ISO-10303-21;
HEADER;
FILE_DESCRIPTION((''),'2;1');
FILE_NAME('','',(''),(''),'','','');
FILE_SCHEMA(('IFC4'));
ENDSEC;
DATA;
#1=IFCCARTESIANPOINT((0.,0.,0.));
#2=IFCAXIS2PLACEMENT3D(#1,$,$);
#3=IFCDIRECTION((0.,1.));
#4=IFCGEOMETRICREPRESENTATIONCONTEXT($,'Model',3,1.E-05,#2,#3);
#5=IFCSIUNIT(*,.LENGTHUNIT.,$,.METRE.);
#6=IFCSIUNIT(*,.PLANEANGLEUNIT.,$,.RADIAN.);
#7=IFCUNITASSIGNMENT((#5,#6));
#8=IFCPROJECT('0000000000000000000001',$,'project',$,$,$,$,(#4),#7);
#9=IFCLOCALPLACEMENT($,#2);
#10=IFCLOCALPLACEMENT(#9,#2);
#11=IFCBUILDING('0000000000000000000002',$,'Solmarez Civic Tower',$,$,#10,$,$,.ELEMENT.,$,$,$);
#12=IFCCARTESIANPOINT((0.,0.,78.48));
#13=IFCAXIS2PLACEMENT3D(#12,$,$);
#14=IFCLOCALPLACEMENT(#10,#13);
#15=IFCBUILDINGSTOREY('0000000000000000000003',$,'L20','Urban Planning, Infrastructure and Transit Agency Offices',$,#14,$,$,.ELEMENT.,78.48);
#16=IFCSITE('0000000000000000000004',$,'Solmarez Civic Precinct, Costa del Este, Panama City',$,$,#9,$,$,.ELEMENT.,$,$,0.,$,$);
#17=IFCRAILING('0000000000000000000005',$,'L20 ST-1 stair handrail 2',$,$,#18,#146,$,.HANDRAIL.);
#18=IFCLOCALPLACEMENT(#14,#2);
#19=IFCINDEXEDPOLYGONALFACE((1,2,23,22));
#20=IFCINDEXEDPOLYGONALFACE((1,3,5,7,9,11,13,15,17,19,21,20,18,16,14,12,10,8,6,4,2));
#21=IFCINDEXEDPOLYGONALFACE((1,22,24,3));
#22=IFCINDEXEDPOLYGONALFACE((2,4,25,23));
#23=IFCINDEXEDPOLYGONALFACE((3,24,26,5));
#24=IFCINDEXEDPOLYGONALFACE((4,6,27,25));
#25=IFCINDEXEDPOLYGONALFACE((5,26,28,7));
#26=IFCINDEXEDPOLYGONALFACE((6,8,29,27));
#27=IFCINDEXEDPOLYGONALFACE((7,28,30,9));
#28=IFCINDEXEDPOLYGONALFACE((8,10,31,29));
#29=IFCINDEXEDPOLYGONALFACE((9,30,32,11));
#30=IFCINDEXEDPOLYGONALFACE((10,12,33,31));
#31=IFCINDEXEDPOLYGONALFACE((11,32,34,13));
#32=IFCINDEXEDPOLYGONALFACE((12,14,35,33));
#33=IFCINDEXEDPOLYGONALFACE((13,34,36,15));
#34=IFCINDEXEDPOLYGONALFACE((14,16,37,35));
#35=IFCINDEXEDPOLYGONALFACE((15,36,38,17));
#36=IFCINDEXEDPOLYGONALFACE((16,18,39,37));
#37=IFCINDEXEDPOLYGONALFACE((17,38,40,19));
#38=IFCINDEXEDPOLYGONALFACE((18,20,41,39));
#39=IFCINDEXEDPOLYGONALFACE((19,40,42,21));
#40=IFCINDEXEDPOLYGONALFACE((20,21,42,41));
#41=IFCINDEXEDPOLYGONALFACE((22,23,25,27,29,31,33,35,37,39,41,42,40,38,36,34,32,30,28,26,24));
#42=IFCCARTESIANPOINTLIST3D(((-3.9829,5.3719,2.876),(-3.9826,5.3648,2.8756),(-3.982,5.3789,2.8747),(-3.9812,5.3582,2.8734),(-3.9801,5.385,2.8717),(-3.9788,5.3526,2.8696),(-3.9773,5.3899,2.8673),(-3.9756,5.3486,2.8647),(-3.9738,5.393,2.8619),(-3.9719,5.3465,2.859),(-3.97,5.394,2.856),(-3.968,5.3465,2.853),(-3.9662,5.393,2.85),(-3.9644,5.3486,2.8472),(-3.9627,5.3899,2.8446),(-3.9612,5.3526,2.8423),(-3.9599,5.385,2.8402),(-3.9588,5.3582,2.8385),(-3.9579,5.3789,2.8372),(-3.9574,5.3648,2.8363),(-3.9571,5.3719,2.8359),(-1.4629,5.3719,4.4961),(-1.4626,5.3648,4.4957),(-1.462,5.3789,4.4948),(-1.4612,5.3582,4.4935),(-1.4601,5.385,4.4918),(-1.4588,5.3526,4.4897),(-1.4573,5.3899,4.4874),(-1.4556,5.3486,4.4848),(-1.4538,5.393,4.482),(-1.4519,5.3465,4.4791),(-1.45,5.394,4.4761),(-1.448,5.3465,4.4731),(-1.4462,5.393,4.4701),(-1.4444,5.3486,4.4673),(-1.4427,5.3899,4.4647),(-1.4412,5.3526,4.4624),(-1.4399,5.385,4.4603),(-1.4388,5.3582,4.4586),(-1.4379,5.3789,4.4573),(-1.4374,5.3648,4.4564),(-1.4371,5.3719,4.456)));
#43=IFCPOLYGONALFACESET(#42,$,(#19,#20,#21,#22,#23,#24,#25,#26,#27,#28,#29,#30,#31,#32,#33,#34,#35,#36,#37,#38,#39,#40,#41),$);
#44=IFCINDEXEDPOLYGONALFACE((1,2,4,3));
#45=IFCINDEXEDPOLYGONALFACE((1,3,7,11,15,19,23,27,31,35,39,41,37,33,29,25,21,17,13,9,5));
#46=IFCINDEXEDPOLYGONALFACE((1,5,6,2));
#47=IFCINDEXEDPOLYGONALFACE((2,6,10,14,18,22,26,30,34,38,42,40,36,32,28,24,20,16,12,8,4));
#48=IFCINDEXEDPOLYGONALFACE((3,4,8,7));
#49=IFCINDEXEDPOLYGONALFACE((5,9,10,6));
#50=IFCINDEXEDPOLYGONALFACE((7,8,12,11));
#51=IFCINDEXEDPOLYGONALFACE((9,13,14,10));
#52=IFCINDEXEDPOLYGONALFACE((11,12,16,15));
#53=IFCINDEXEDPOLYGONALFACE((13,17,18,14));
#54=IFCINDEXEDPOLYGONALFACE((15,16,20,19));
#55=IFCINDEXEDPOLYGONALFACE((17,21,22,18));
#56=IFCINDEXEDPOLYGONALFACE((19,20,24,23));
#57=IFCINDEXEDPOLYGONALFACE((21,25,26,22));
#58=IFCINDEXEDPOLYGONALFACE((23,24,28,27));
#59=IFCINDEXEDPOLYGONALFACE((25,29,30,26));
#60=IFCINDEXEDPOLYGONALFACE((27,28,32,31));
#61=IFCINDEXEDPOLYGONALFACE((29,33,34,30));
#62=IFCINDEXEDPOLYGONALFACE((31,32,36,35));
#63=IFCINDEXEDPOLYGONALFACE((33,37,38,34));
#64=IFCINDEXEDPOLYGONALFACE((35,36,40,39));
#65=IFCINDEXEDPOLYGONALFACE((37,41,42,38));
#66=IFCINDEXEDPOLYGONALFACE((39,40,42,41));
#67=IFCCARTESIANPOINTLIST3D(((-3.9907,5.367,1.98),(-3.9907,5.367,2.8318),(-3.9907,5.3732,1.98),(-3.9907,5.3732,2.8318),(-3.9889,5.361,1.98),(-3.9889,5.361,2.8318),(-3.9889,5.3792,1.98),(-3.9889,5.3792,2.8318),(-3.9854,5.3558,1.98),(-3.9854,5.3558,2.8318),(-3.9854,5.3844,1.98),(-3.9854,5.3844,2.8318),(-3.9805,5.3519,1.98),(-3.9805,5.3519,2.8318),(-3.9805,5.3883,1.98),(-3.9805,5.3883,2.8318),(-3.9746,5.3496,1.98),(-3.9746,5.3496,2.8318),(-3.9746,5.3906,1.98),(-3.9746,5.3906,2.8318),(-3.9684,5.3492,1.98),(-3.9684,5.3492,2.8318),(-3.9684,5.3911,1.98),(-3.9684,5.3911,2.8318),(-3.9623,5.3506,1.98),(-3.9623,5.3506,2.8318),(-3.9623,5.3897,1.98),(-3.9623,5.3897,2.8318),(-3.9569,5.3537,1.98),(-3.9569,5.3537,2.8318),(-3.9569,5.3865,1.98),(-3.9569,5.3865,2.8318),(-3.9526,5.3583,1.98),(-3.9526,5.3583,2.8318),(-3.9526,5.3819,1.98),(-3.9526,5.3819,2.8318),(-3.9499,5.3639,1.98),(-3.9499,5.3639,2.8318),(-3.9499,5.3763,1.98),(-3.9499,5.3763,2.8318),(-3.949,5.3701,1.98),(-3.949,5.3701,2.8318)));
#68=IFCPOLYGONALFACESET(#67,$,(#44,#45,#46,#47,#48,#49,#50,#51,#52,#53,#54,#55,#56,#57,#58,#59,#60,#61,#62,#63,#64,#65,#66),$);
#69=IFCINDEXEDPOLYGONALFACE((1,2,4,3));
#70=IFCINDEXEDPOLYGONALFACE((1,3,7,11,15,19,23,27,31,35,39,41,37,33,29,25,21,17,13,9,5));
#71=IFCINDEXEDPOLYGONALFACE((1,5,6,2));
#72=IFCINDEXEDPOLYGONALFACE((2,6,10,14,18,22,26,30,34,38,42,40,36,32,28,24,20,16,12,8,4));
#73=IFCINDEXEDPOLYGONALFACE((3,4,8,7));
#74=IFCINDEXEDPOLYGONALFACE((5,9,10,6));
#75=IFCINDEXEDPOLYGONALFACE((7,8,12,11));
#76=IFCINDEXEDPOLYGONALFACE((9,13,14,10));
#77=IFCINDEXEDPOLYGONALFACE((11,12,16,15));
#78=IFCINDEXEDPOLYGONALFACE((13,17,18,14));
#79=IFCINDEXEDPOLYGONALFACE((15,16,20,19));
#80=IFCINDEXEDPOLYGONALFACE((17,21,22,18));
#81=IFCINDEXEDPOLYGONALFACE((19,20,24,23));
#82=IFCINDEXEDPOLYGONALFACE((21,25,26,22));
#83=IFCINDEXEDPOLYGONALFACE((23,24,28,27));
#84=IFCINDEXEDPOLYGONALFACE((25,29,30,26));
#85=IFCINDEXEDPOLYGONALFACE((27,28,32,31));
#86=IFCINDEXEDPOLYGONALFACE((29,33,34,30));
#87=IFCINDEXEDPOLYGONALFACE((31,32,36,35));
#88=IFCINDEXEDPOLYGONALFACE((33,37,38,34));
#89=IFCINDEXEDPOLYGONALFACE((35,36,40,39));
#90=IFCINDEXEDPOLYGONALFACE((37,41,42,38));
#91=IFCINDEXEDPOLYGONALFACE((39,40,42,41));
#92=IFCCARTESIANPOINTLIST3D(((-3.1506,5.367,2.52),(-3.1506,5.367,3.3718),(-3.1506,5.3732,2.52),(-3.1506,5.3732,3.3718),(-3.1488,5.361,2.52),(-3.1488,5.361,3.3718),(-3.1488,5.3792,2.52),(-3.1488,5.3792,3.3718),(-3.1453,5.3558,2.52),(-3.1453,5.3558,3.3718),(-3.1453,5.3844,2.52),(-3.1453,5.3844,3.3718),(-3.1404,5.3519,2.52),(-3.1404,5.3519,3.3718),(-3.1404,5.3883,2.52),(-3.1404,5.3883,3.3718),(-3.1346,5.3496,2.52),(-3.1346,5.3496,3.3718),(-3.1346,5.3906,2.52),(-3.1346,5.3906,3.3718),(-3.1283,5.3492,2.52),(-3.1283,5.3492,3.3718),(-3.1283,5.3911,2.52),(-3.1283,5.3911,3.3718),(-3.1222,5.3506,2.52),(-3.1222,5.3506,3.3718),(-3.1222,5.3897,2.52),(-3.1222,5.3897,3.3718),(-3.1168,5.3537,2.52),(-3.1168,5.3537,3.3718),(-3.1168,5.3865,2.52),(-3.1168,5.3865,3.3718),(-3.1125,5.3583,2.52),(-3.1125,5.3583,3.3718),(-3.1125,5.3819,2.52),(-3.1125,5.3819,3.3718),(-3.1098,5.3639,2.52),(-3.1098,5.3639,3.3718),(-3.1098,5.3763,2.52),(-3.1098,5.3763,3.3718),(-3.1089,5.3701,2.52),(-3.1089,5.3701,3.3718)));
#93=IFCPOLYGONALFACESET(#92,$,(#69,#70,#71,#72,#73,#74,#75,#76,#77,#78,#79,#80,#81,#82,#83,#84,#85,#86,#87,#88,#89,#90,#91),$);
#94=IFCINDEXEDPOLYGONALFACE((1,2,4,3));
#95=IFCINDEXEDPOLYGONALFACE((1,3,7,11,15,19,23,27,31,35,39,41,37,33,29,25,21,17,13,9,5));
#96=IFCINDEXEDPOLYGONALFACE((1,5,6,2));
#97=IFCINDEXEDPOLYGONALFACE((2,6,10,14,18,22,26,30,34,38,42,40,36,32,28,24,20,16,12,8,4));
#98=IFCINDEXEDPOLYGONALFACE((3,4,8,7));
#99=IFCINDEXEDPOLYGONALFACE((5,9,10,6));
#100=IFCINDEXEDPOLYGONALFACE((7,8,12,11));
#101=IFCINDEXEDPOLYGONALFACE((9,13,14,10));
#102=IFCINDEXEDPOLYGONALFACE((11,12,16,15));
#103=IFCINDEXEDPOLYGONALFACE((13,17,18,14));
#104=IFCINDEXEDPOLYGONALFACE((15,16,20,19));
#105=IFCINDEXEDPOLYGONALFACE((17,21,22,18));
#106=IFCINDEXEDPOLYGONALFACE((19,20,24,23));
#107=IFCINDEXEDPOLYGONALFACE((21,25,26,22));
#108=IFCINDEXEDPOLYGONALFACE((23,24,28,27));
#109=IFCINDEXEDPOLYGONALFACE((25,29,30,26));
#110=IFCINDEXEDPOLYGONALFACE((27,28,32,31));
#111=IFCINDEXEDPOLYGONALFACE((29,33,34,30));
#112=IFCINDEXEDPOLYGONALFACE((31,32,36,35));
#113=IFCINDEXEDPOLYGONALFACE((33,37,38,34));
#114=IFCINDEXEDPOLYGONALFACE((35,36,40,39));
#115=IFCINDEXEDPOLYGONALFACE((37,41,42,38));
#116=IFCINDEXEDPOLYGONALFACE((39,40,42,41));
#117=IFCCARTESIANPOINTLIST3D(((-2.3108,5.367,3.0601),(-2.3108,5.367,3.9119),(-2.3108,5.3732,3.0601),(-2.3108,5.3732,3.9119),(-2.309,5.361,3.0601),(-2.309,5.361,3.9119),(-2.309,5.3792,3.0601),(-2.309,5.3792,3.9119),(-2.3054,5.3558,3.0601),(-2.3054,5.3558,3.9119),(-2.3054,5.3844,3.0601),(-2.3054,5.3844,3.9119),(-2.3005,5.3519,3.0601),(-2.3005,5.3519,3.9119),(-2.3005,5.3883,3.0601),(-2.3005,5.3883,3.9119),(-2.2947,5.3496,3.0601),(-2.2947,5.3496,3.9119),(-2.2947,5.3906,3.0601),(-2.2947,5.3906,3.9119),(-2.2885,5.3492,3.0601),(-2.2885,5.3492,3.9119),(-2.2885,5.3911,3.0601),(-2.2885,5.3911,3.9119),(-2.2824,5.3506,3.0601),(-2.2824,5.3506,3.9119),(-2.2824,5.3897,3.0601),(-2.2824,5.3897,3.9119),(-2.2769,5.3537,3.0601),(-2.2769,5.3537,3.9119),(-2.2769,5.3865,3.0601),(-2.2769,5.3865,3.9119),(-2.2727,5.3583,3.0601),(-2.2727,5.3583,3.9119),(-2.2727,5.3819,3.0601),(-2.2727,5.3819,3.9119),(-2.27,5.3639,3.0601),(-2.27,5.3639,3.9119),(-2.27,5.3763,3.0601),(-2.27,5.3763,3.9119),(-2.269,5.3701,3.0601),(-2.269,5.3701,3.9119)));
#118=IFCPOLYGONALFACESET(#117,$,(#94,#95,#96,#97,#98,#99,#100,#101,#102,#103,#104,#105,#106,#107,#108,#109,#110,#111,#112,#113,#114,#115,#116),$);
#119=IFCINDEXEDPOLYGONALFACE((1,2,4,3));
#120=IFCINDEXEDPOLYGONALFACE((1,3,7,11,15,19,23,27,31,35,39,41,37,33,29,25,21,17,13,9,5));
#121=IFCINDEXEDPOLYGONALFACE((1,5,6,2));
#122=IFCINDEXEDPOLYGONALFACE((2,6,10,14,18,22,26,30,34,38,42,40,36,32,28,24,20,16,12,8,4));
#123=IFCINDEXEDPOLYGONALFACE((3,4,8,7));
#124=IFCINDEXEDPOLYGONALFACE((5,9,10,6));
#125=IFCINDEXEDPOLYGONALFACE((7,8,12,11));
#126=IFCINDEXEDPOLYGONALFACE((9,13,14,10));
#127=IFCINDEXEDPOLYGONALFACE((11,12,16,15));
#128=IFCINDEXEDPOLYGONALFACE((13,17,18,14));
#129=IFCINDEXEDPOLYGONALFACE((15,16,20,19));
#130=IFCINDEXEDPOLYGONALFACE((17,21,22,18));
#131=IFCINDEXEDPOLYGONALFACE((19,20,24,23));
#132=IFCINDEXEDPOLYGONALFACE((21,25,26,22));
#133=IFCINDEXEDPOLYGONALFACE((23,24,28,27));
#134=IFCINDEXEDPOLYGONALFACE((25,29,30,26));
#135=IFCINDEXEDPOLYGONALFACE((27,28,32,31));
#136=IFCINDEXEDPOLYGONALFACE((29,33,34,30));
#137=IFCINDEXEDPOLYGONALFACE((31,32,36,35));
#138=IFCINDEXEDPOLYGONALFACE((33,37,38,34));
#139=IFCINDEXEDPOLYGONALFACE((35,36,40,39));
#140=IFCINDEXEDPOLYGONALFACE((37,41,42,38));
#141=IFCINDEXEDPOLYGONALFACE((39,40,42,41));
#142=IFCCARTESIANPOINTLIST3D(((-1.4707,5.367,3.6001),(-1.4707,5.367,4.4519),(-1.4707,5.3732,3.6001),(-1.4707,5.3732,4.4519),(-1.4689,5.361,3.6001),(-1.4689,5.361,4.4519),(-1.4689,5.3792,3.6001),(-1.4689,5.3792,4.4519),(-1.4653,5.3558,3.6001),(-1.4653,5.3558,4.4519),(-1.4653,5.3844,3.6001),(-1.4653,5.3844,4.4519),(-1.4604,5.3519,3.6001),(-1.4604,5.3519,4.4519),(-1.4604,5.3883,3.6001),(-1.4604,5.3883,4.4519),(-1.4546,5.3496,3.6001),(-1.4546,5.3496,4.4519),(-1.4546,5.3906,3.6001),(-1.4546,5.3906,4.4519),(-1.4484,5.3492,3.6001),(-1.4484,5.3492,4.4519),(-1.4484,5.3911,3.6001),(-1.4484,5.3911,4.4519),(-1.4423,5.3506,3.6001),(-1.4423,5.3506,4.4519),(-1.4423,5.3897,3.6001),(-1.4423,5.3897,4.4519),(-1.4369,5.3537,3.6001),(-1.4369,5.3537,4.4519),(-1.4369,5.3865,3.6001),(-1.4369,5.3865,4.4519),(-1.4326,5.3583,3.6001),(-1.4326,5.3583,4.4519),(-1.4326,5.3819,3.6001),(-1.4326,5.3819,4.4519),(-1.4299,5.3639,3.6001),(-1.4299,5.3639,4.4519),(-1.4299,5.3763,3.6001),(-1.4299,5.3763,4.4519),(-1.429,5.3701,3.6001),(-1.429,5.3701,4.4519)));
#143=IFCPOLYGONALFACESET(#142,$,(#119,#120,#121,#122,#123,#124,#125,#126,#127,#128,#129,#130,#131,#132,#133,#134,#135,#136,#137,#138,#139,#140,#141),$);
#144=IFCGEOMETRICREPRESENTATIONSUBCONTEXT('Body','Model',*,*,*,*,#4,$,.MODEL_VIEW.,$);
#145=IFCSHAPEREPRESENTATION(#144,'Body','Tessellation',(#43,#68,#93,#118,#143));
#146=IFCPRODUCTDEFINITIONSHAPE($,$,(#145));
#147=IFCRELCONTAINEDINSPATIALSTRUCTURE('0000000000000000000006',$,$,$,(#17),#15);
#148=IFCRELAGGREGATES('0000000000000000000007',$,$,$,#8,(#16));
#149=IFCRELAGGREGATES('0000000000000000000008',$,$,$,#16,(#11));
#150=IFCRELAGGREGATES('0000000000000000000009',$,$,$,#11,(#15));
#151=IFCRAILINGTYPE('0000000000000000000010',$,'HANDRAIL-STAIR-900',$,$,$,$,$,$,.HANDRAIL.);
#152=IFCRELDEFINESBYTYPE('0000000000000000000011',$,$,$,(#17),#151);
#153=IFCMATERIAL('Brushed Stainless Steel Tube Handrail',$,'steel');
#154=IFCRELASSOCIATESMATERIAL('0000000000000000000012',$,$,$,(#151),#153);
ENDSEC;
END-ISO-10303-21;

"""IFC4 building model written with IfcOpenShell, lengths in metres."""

from ifc_helpers import new_model, si_unit, direction, frame, origin, origin_2d, place, context, subcontext, project, spatial, circle, extrude, material, type_object, element, save


model = new_model("IFC4")

# Units and contexts
model_context = context("Model", 3, precision=1e-05, world=origin(), true_north=direction((0.0, 1.0)))
body_context = subcontext(model_context, "Body", "Model", "MODEL_VIEW")
ifc_project = project(units=[si_unit("LENGTHUNIT", "METRE"), si_unit("PLANEANGLEUNIT", "RADIAN")], contexts=[model_context])

# Site, building, storey
site_placement = place(None, origin())
site = spatial("IfcSite", under=ifc_project, at=site_placement, Name="Solmarez Civic Precinct, Costa del Este, Panama City", CompositionType="ELEMENT", RefElevation=0.0)
building_placement = place(site_placement, origin())
building = spatial("IfcBuilding", under=site, at=building_placement, Name="Solmarez Civic Tower", CompositionType="ELEMENT")
storey_placement = place(building_placement, frame((0.0, 0.0, 78.48)))
storey = spatial("IfcBuildingStorey", under=building, at=storey_placement, Name="L20", Description="Urban Planning, Infrastructure and Transit Agency Offices", CompositionType="ELEMENT", Elevation=78.48)

# Railing
ifc_material_1 = material(Name="Brushed Stainless Steel Tube Handrail", Category="steel")
railing_type_1 = type_object("IfcRailingType", Name="HANDRAIL-STAIR-900", PredefinedType="HANDRAIL", material=ifc_material_1)
railing_1_placement = place(storey_placement, frame((-3.97, 5.3701, 1.98)))
element("IfcRailing", 1, at=railing_1_placement, inside=storey, type_object=railing_type_1, Name="L20 ST-1 stair handrail 2", PredefinedType="HANDRAIL", context=body_context, shape_type="SweptSolid", body=[
    extrude(circle(Radius=0.0239, at=origin_2d()), frame((0.0, 0.0, 0.876), z_axis=(0.841163, 0.0, 0.540782), x_axis=(0.0, 1.0, 0.0)), (0.0, 0.0, 1.0), 2.9958),
    extrude(circle(Radius=0.021, at=origin_2d()), origin(), (0.0, 0.0, 1.0), 0.8518),
    extrude(circle(Radius=0.021, at=origin_2d()), frame((0.8401, 0.0, 0.54)), (0.0, 0.0, 1.0), 0.8518),
    extrude(circle(Radius=0.021, at=origin_2d()), frame((1.6799, 0.0, 1.0801)), (0.0, 0.0, 1.0), 0.8518),
    extrude(circle(Radius=0.021, at=origin_2d()), frame((2.52, 0.0, 1.6201)), (0.0, 0.0, 1.0), 0.8518),
])

save(model, "model.ifc")
